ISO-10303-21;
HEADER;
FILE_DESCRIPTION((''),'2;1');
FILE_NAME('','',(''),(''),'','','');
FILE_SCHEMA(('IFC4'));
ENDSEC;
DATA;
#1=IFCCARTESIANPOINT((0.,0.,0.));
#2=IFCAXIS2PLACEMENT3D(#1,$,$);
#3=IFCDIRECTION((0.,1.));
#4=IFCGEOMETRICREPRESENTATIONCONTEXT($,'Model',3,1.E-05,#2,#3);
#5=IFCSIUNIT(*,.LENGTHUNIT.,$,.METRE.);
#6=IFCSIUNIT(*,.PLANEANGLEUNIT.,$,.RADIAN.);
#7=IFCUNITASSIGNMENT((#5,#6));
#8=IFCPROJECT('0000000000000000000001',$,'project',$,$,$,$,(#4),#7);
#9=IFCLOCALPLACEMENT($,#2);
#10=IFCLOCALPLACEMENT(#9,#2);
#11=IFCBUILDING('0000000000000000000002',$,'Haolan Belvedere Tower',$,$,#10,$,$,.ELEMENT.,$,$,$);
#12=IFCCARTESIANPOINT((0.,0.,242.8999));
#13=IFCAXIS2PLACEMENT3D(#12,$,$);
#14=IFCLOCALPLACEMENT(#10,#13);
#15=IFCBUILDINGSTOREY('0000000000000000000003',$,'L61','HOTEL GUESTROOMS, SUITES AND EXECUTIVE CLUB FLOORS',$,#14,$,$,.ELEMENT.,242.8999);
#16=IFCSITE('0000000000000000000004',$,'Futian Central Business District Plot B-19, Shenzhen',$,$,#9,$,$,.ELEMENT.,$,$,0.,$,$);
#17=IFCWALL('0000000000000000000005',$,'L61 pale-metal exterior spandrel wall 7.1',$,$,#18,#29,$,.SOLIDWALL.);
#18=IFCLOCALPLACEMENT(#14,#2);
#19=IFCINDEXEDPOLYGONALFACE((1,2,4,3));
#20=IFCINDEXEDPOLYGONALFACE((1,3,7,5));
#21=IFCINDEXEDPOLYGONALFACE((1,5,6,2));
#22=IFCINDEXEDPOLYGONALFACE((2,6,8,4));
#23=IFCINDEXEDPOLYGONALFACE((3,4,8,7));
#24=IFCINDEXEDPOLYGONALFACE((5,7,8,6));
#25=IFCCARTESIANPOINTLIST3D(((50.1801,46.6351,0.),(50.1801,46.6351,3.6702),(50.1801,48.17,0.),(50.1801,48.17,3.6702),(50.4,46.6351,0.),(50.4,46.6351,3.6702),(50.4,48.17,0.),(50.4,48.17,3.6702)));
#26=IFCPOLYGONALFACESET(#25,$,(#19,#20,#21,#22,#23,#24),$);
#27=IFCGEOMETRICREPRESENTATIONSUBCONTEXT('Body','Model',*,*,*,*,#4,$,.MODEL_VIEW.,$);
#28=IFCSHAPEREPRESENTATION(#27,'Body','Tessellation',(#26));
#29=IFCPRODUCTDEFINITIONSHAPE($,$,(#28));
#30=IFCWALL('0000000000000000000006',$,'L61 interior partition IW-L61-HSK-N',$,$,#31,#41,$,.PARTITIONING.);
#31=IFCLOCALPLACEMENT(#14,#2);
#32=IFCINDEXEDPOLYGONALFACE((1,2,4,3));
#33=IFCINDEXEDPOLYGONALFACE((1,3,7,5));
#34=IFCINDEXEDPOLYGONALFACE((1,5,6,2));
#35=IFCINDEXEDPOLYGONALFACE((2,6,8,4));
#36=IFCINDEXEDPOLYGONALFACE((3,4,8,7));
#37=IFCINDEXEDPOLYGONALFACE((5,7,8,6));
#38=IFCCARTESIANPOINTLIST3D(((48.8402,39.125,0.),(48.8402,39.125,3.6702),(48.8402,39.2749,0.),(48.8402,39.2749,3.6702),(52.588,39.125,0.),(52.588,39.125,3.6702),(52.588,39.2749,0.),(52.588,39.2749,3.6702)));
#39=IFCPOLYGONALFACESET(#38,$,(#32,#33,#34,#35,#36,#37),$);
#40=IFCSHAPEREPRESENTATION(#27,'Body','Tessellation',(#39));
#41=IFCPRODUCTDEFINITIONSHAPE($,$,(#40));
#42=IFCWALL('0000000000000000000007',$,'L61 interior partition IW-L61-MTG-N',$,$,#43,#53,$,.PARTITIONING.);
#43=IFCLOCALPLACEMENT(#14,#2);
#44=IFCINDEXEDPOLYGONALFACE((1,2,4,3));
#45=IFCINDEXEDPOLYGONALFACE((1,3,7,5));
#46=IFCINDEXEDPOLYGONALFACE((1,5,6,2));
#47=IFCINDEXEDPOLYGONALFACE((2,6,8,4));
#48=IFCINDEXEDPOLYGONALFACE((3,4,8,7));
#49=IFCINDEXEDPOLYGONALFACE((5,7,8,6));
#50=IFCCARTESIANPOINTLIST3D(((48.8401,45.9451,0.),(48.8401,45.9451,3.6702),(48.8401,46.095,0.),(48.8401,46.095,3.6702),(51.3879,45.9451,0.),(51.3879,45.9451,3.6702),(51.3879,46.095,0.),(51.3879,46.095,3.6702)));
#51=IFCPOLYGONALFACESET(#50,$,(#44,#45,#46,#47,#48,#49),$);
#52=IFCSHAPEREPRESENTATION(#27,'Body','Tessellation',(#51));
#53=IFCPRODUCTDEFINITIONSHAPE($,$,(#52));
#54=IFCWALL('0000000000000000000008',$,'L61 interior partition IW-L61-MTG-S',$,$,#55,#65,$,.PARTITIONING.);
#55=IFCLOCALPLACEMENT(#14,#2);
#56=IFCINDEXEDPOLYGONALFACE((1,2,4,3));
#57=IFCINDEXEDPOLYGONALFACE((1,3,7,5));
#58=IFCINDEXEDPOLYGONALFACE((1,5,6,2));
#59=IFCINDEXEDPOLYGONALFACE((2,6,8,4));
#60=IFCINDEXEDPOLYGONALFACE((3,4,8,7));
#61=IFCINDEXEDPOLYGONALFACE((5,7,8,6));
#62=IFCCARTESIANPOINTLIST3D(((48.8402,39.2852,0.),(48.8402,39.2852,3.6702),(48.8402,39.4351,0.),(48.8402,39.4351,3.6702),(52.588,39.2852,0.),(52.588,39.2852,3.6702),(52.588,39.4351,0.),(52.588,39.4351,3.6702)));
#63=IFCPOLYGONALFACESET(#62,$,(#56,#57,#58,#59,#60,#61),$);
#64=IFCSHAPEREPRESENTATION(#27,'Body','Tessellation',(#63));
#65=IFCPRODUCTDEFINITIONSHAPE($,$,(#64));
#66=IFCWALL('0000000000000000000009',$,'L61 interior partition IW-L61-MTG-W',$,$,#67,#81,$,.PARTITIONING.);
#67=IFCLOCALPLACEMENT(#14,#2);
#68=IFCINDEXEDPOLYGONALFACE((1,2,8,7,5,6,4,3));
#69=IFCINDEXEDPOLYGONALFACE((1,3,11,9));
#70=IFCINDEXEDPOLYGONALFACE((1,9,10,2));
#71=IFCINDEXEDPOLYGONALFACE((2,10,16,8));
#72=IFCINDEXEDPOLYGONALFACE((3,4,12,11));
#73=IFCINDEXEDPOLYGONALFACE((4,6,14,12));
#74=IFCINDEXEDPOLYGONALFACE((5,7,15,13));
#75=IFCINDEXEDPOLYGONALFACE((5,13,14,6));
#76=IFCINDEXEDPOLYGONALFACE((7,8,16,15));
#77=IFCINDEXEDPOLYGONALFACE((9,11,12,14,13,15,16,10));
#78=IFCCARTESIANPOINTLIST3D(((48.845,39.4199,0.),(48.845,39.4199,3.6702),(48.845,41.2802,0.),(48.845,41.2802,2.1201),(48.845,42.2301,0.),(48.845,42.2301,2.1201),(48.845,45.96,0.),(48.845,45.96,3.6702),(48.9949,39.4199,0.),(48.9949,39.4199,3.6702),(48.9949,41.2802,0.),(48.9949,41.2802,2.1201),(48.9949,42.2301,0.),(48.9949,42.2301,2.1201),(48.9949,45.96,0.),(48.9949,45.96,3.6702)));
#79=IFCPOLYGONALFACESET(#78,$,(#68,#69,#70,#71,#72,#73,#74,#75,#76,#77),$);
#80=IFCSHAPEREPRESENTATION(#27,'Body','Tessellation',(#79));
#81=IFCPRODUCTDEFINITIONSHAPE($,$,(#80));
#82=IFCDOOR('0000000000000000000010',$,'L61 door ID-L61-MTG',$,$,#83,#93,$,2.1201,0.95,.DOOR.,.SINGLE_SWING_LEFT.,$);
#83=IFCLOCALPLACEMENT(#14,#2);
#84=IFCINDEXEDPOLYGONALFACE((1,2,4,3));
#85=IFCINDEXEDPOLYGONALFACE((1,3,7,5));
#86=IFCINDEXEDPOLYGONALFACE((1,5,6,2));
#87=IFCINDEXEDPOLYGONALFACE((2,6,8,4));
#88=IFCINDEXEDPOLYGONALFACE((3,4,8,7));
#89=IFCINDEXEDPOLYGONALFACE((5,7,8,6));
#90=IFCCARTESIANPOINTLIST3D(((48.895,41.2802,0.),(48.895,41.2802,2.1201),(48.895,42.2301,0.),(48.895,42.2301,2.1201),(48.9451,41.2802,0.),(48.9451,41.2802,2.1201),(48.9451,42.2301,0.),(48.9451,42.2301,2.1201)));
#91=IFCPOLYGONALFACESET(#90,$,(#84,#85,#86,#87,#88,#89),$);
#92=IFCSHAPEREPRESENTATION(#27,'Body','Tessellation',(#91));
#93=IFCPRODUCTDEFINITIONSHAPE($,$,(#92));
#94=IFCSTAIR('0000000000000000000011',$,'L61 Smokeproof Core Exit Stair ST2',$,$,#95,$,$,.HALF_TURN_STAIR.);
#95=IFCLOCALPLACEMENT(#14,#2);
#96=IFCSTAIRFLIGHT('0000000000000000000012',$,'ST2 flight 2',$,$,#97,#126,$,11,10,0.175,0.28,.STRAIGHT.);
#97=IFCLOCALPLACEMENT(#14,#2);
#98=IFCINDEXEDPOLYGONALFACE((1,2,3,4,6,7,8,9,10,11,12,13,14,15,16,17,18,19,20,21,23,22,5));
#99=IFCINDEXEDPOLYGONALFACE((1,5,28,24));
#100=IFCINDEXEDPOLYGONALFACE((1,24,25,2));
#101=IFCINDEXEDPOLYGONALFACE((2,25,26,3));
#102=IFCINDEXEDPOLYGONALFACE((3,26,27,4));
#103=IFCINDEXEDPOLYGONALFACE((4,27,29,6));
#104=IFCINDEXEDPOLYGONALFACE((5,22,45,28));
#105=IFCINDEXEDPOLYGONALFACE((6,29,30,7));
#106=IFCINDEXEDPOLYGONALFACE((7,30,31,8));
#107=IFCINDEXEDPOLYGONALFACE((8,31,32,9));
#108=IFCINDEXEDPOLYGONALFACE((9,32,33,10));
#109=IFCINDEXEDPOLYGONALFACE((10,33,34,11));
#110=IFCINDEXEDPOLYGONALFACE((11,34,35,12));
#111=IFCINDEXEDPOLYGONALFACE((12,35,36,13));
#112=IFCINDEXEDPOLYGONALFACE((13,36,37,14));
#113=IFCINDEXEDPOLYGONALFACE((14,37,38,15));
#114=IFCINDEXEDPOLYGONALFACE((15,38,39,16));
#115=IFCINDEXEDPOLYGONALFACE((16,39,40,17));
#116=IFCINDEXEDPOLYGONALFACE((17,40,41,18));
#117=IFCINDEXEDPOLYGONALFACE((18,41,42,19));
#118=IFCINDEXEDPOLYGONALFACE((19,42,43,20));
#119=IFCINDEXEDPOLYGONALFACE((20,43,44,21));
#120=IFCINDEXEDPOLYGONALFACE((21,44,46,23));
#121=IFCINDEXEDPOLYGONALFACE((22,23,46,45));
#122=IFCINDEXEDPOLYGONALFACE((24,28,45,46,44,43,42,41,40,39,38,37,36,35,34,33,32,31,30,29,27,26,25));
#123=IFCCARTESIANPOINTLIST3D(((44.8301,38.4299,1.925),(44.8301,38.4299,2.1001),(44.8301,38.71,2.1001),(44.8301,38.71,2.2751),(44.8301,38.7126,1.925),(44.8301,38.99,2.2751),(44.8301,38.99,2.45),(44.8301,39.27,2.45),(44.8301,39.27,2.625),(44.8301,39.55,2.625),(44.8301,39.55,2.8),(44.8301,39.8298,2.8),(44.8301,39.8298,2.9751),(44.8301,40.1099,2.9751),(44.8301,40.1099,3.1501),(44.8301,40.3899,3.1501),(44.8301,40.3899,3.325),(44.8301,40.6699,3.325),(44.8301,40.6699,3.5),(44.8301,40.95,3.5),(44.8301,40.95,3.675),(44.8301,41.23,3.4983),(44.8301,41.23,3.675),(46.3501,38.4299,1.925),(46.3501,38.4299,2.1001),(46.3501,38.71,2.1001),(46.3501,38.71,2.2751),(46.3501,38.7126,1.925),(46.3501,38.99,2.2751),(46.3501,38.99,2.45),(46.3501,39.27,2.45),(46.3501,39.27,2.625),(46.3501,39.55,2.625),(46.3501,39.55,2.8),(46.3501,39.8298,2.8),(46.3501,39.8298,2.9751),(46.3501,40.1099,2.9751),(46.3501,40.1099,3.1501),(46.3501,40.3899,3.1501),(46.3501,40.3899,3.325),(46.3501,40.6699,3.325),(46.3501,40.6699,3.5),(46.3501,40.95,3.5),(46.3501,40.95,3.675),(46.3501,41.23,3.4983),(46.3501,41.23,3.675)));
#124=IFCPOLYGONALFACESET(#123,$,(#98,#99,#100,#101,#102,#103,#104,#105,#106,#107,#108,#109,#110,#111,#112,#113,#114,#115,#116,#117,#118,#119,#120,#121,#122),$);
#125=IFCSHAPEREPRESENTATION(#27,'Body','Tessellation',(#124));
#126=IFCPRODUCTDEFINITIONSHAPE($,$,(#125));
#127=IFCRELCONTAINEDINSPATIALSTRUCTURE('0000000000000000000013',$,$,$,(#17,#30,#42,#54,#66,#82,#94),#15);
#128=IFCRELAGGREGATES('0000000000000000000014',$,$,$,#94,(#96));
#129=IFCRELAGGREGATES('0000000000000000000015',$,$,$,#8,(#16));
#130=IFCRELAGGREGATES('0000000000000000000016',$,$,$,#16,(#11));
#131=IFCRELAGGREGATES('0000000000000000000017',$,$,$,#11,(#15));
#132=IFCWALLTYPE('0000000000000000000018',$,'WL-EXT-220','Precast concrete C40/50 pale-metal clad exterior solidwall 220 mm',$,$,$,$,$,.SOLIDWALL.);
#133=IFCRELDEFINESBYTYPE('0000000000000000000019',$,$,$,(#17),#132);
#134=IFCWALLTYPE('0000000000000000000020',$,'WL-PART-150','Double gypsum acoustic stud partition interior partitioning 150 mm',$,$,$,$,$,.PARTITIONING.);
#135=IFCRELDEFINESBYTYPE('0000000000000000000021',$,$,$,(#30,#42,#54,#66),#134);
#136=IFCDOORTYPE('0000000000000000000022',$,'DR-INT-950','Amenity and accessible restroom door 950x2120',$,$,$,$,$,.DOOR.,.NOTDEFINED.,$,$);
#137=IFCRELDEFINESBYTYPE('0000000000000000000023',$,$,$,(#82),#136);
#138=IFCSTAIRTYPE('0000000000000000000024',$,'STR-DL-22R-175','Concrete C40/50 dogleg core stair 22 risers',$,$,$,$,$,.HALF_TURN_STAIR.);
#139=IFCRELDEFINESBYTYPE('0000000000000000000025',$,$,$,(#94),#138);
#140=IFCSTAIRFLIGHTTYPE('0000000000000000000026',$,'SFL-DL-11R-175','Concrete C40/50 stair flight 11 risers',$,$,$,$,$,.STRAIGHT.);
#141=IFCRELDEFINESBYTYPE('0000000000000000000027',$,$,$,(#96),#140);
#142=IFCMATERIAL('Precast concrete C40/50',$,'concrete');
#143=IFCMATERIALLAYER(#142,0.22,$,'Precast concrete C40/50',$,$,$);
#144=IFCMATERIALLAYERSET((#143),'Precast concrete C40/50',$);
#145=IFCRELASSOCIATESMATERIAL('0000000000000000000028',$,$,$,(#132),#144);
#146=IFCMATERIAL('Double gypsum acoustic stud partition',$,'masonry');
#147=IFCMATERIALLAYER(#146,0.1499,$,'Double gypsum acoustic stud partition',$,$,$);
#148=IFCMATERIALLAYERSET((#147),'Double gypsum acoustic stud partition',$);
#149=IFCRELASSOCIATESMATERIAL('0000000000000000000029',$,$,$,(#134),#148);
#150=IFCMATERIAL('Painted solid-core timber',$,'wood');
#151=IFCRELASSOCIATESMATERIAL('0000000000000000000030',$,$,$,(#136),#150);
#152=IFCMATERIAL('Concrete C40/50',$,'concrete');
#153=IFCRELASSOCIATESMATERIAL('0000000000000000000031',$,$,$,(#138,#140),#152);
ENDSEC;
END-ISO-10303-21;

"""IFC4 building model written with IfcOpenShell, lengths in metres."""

from ifc_helpers import new_model, si_unit, direction, frame, frame_2d, origin, place, context, subcontext, project, spatial, polyline, rectangle, outline, extrude, material, layer, layer_set, type_object, element, fill, aggregate, save


model = new_model("IFC4")

# Units and contexts
model_context = context("Model", 3, precision=1e-05, world=origin(), true_north=direction((0.0, 1.0)))
body_context = subcontext(model_context, "Body", "Model", "MODEL_VIEW")
ifc_project = project(units=[si_unit("LENGTHUNIT", "METRE"), si_unit("PLANEANGLEUNIT", "RADIAN")], contexts=[model_context])

# Site, building, storey
site_placement = place(None, origin())
site = spatial("IfcSite", under=ifc_project, at=site_placement, Name="Futian Central Business District Plot B-19, Shenzhen", CompositionType="ELEMENT", RefElevation=0.0)
building_placement = place(site_placement, origin())
building = spatial("IfcBuilding", under=site, at=building_placement, Name="Haolan Belvedere Tower", CompositionType="ELEMENT")
storey_placement = place(building_placement, frame((0.0, 0.0, 242.8999)))
storey = spatial("IfcBuildingStorey", under=building, at=storey_placement, Name="L61", Description="HOTEL GUESTROOMS, SUITES AND EXECUTIVE CLUB FLOORS", CompositionType="ELEMENT", Elevation=242.8999)

# Shared definitions
ifc_material_1 = material(Name="Precast concrete C40/50", Category="concrete")
ifc_layer_1 = layer(ifc_material_1, 0.22, Name="Precast concrete C40/50")
ifc_layer_set_1 = layer_set([ifc_layer_1], Name="Precast concrete C40/50")
wall_type_1 = type_object("IfcWallType", Name="WL-EXT-220", Description="Precast concrete C40/50 pale-metal clad exterior solidwall 220 mm", PredefinedType="SOLIDWALL", material=ifc_layer_set_1)

# Walls
wall_1_placement = place(storey_placement, frame((50.29, 46.635, 0.0), z_axis=(0.0, 0.0, 1.0), x_axis=(0.0, 1.0, 0.0)))
element("IfcWall", 1, at=wall_1_placement, inside=storey, type_object=wall_type_1, Name="L61 pale-metal exterior spandrel wall 7.1", PredefinedType="SOLIDWALL", context=body_context, shape_type="SweptSolid", body=[
    extrude(rectangle(XDim=1.5349, YDim=0.22, at=frame_2d((0.7676, 0.0))), origin(), (0.0, 0.0, 1.0), 3.6702),
])
ifc_material_2 = material(Name="Double gypsum acoustic stud partition", Category="masonry")
ifc_layer_2 = layer(ifc_material_2, 0.1499, Name="Double gypsum acoustic stud partition")
ifc_layer_set_2 = layer_set([ifc_layer_2], Name="Double gypsum acoustic stud partition")
wall_type_2 = type_object("IfcWallType", Name="WL-PART-150", Description="Double gypsum acoustic stud partition interior partitioning 150 mm", PredefinedType="PARTITIONING", material=ifc_layer_set_2)
wall_2_placement = place(storey_placement, frame((48.8401, 39.2, 0.0), z_axis=(0.0, 0.0, 1.0), x_axis=(1.0, 0.0, 0.0)))
element("IfcWall", 2, at=wall_2_placement, inside=storey, type_object=wall_type_2, Name="L61 interior partition IW-L61-HSK-N", PredefinedType="PARTITIONING", context=body_context, shape_type="SweptSolid", body=[
    extrude(rectangle(XDim=3.7478, YDim=0.1499, at=frame_2d((1.874, 0.0))), origin(), (0.0, 0.0, 1.0), 3.6702),
])
wall_3_placement = place(storey_placement, frame((48.8401, 46.02, 0.0), z_axis=(0.0, 0.0, 1.0), x_axis=(1.0, 0.0, 0.0)))
element("IfcWall", 3, at=wall_3_placement, inside=storey, type_object=wall_type_2, Name="L61 interior partition IW-L61-MTG-N", PredefinedType="PARTITIONING", context=body_context, shape_type="SweptSolid", body=[
    extrude(rectangle(XDim=2.5479, YDim=0.1499, at=frame_2d((1.2739, 0.0))), origin(), (0.0, 0.0, 1.0), 3.6702),
])
wall_4_placement = place(storey_placement, frame((48.8401, 39.3601, 0.0), z_axis=(0.0, 0.0, 1.0), x_axis=(1.0, 0.0, 0.0)))
element("IfcWall", 4, at=wall_4_placement, inside=storey, type_object=wall_type_2, Name="L61 interior partition IW-L61-MTG-S", PredefinedType="PARTITIONING", context=body_context, shape_type="SweptSolid", body=[
    extrude(rectangle(XDim=3.7478, YDim=0.1499, at=frame_2d((1.874, 0.0))), origin(), (0.0, 0.0, 1.0), 3.6702),
])

# Wall, opening, door
wall_5_placement = place(storey_placement, frame((48.9199, 39.4199, 0.0), z_axis=(0.0, 0.0, 1.0), x_axis=(0.0, 1.0, 0.0)))
wall_5 = element("IfcWall", 5, at=wall_5_placement, inside=storey, type_object=wall_type_2, Name="L61 interior partition IW-L61-MTG-W", PredefinedType="PARTITIONING", context=body_context, shape_type="SweptSolid", body=[
    extrude(rectangle(XDim=6.54, YDim=0.1499, at=frame_2d((3.27, 0.0))), origin(), (0.0, 0.0, 1.0), 3.6702),
])
opening_1_placement = place(wall_5_placement, frame((1.8601, 0.0, 0.0)))
opening_1 = element("IfcOpeningElement", 6, at=opening_1_placement, cuts=wall_5, PredefinedType="OPENING", context=body_context, shape_type="SweptSolid", body=[
    extrude(rectangle(XDim=0.95, YDim=2.1201, at=frame_2d((0.4751, 1.0601))), frame((0.0, 0.085, 0.0), z_axis=(0.0, -1.0, 0.0), x_axis=(1.0, 0.0, 0.0)), (0.0, 0.0, 1.0), 0.1699),
])
ifc_material_3 = material(Name="Painted solid-core timber", Category="wood")
door_type = type_object("IfcDoorType", Name="DR-INT-950", Description="Amenity and accessible restroom door 950x2120", OperationType="NOTDEFINED", PredefinedType="DOOR", material=ifc_material_3)
door_placement = place(opening_1_placement, origin())
door = element("IfcDoor", 7, at=door_placement, inside=storey, type_object=door_type, Name="L61 door ID-L61-MTG", OperationType="SINGLE_SWING_LEFT", OverallHeight=2.1201, OverallWidth=0.95, PredefinedType="DOOR", context=body_context, shape_type="SweptSolid", body=[
    extrude(rectangle(XDim=0.95, YDim=2.1201, at=frame_2d((0.4751, 1.0601))), frame((0.0, 0.0249, 0.0), z_axis=(0.0, -1.0, 0.0), x_axis=(1.0, 0.0, 0.0)), (0.0, 0.0, 1.0), 0.05),
])
fill(opening_1, door)

# Stair, stair flight
ifc_material_4 = material(Name="Concrete C40/50", Category="concrete")
stair_type = type_object("IfcStairType", Name="STR-DL-22R-175", Description="Concrete C40/50 dogleg core stair 22 risers", PredefinedType="HALF_TURN_STAIR", material=ifc_material_4)
stair_placement = place(storey_placement, origin())
stair = element("IfcStair", 8, at=stair_placement, inside=storey, type_object=stair_type, Name="L61 Smokeproof Core Exit Stair ST2", PredefinedType="HALF_TURN_STAIR")
stair_flight_type = type_object("IfcStairFlightType", Name="SFL-DL-11R-175", Description="Concrete C40/50 stair flight 11 risers", PredefinedType="STRAIGHT", material=ifc_material_4)
stair_flight_placement = place(storey_placement, frame((45.5901, 38.4299, 1.925), z_axis=(0.0, 0.0, 1.0), x_axis=(0.0, 1.0, 0.0)))
stair_flight = element("IfcStairFlight", 9, at=stair_flight_placement, type_object=stair_flight_type, Name="ST2 flight 2", NumberOfRisers=11, NumberOfTreads=10, PredefinedType="STRAIGHT", RiserHeight=0.175, TreadLength=0.28, context=body_context, shape_type="SweptSolid", body=[
    extrude(outline(polyline([(0.0, 0.0), (0.0, 0.175), (0.28, 0.175), (0.28, 0.3501), (0.5601, 0.3501), (0.5601, 0.5249), (0.8401, 0.5249), (0.8401, 0.7), (1.1201, 0.7), (1.1201, 0.875), (1.3999, 0.875), (1.3999, 1.05), (1.6799, 1.05), (1.6799, 1.2251), (1.96, 1.2251), (1.96, 1.3999), (2.24, 1.3999), (2.24, 1.575), (2.52, 1.575), (2.52, 1.75), (2.8, 1.75), (2.8, 1.925), (2.8, 1.5732), (0.2827, 0.0), (0.0, 0.0)])), frame((0.0, 0.76, 0.0), z_axis=(0.0, -1.0, 0.0), x_axis=(1.0, 0.0, 0.0)), (0.0, 0.0, 1.0), 1.52),
])
aggregate(stair, [stair_flight])

save(model, "model.ifc")
